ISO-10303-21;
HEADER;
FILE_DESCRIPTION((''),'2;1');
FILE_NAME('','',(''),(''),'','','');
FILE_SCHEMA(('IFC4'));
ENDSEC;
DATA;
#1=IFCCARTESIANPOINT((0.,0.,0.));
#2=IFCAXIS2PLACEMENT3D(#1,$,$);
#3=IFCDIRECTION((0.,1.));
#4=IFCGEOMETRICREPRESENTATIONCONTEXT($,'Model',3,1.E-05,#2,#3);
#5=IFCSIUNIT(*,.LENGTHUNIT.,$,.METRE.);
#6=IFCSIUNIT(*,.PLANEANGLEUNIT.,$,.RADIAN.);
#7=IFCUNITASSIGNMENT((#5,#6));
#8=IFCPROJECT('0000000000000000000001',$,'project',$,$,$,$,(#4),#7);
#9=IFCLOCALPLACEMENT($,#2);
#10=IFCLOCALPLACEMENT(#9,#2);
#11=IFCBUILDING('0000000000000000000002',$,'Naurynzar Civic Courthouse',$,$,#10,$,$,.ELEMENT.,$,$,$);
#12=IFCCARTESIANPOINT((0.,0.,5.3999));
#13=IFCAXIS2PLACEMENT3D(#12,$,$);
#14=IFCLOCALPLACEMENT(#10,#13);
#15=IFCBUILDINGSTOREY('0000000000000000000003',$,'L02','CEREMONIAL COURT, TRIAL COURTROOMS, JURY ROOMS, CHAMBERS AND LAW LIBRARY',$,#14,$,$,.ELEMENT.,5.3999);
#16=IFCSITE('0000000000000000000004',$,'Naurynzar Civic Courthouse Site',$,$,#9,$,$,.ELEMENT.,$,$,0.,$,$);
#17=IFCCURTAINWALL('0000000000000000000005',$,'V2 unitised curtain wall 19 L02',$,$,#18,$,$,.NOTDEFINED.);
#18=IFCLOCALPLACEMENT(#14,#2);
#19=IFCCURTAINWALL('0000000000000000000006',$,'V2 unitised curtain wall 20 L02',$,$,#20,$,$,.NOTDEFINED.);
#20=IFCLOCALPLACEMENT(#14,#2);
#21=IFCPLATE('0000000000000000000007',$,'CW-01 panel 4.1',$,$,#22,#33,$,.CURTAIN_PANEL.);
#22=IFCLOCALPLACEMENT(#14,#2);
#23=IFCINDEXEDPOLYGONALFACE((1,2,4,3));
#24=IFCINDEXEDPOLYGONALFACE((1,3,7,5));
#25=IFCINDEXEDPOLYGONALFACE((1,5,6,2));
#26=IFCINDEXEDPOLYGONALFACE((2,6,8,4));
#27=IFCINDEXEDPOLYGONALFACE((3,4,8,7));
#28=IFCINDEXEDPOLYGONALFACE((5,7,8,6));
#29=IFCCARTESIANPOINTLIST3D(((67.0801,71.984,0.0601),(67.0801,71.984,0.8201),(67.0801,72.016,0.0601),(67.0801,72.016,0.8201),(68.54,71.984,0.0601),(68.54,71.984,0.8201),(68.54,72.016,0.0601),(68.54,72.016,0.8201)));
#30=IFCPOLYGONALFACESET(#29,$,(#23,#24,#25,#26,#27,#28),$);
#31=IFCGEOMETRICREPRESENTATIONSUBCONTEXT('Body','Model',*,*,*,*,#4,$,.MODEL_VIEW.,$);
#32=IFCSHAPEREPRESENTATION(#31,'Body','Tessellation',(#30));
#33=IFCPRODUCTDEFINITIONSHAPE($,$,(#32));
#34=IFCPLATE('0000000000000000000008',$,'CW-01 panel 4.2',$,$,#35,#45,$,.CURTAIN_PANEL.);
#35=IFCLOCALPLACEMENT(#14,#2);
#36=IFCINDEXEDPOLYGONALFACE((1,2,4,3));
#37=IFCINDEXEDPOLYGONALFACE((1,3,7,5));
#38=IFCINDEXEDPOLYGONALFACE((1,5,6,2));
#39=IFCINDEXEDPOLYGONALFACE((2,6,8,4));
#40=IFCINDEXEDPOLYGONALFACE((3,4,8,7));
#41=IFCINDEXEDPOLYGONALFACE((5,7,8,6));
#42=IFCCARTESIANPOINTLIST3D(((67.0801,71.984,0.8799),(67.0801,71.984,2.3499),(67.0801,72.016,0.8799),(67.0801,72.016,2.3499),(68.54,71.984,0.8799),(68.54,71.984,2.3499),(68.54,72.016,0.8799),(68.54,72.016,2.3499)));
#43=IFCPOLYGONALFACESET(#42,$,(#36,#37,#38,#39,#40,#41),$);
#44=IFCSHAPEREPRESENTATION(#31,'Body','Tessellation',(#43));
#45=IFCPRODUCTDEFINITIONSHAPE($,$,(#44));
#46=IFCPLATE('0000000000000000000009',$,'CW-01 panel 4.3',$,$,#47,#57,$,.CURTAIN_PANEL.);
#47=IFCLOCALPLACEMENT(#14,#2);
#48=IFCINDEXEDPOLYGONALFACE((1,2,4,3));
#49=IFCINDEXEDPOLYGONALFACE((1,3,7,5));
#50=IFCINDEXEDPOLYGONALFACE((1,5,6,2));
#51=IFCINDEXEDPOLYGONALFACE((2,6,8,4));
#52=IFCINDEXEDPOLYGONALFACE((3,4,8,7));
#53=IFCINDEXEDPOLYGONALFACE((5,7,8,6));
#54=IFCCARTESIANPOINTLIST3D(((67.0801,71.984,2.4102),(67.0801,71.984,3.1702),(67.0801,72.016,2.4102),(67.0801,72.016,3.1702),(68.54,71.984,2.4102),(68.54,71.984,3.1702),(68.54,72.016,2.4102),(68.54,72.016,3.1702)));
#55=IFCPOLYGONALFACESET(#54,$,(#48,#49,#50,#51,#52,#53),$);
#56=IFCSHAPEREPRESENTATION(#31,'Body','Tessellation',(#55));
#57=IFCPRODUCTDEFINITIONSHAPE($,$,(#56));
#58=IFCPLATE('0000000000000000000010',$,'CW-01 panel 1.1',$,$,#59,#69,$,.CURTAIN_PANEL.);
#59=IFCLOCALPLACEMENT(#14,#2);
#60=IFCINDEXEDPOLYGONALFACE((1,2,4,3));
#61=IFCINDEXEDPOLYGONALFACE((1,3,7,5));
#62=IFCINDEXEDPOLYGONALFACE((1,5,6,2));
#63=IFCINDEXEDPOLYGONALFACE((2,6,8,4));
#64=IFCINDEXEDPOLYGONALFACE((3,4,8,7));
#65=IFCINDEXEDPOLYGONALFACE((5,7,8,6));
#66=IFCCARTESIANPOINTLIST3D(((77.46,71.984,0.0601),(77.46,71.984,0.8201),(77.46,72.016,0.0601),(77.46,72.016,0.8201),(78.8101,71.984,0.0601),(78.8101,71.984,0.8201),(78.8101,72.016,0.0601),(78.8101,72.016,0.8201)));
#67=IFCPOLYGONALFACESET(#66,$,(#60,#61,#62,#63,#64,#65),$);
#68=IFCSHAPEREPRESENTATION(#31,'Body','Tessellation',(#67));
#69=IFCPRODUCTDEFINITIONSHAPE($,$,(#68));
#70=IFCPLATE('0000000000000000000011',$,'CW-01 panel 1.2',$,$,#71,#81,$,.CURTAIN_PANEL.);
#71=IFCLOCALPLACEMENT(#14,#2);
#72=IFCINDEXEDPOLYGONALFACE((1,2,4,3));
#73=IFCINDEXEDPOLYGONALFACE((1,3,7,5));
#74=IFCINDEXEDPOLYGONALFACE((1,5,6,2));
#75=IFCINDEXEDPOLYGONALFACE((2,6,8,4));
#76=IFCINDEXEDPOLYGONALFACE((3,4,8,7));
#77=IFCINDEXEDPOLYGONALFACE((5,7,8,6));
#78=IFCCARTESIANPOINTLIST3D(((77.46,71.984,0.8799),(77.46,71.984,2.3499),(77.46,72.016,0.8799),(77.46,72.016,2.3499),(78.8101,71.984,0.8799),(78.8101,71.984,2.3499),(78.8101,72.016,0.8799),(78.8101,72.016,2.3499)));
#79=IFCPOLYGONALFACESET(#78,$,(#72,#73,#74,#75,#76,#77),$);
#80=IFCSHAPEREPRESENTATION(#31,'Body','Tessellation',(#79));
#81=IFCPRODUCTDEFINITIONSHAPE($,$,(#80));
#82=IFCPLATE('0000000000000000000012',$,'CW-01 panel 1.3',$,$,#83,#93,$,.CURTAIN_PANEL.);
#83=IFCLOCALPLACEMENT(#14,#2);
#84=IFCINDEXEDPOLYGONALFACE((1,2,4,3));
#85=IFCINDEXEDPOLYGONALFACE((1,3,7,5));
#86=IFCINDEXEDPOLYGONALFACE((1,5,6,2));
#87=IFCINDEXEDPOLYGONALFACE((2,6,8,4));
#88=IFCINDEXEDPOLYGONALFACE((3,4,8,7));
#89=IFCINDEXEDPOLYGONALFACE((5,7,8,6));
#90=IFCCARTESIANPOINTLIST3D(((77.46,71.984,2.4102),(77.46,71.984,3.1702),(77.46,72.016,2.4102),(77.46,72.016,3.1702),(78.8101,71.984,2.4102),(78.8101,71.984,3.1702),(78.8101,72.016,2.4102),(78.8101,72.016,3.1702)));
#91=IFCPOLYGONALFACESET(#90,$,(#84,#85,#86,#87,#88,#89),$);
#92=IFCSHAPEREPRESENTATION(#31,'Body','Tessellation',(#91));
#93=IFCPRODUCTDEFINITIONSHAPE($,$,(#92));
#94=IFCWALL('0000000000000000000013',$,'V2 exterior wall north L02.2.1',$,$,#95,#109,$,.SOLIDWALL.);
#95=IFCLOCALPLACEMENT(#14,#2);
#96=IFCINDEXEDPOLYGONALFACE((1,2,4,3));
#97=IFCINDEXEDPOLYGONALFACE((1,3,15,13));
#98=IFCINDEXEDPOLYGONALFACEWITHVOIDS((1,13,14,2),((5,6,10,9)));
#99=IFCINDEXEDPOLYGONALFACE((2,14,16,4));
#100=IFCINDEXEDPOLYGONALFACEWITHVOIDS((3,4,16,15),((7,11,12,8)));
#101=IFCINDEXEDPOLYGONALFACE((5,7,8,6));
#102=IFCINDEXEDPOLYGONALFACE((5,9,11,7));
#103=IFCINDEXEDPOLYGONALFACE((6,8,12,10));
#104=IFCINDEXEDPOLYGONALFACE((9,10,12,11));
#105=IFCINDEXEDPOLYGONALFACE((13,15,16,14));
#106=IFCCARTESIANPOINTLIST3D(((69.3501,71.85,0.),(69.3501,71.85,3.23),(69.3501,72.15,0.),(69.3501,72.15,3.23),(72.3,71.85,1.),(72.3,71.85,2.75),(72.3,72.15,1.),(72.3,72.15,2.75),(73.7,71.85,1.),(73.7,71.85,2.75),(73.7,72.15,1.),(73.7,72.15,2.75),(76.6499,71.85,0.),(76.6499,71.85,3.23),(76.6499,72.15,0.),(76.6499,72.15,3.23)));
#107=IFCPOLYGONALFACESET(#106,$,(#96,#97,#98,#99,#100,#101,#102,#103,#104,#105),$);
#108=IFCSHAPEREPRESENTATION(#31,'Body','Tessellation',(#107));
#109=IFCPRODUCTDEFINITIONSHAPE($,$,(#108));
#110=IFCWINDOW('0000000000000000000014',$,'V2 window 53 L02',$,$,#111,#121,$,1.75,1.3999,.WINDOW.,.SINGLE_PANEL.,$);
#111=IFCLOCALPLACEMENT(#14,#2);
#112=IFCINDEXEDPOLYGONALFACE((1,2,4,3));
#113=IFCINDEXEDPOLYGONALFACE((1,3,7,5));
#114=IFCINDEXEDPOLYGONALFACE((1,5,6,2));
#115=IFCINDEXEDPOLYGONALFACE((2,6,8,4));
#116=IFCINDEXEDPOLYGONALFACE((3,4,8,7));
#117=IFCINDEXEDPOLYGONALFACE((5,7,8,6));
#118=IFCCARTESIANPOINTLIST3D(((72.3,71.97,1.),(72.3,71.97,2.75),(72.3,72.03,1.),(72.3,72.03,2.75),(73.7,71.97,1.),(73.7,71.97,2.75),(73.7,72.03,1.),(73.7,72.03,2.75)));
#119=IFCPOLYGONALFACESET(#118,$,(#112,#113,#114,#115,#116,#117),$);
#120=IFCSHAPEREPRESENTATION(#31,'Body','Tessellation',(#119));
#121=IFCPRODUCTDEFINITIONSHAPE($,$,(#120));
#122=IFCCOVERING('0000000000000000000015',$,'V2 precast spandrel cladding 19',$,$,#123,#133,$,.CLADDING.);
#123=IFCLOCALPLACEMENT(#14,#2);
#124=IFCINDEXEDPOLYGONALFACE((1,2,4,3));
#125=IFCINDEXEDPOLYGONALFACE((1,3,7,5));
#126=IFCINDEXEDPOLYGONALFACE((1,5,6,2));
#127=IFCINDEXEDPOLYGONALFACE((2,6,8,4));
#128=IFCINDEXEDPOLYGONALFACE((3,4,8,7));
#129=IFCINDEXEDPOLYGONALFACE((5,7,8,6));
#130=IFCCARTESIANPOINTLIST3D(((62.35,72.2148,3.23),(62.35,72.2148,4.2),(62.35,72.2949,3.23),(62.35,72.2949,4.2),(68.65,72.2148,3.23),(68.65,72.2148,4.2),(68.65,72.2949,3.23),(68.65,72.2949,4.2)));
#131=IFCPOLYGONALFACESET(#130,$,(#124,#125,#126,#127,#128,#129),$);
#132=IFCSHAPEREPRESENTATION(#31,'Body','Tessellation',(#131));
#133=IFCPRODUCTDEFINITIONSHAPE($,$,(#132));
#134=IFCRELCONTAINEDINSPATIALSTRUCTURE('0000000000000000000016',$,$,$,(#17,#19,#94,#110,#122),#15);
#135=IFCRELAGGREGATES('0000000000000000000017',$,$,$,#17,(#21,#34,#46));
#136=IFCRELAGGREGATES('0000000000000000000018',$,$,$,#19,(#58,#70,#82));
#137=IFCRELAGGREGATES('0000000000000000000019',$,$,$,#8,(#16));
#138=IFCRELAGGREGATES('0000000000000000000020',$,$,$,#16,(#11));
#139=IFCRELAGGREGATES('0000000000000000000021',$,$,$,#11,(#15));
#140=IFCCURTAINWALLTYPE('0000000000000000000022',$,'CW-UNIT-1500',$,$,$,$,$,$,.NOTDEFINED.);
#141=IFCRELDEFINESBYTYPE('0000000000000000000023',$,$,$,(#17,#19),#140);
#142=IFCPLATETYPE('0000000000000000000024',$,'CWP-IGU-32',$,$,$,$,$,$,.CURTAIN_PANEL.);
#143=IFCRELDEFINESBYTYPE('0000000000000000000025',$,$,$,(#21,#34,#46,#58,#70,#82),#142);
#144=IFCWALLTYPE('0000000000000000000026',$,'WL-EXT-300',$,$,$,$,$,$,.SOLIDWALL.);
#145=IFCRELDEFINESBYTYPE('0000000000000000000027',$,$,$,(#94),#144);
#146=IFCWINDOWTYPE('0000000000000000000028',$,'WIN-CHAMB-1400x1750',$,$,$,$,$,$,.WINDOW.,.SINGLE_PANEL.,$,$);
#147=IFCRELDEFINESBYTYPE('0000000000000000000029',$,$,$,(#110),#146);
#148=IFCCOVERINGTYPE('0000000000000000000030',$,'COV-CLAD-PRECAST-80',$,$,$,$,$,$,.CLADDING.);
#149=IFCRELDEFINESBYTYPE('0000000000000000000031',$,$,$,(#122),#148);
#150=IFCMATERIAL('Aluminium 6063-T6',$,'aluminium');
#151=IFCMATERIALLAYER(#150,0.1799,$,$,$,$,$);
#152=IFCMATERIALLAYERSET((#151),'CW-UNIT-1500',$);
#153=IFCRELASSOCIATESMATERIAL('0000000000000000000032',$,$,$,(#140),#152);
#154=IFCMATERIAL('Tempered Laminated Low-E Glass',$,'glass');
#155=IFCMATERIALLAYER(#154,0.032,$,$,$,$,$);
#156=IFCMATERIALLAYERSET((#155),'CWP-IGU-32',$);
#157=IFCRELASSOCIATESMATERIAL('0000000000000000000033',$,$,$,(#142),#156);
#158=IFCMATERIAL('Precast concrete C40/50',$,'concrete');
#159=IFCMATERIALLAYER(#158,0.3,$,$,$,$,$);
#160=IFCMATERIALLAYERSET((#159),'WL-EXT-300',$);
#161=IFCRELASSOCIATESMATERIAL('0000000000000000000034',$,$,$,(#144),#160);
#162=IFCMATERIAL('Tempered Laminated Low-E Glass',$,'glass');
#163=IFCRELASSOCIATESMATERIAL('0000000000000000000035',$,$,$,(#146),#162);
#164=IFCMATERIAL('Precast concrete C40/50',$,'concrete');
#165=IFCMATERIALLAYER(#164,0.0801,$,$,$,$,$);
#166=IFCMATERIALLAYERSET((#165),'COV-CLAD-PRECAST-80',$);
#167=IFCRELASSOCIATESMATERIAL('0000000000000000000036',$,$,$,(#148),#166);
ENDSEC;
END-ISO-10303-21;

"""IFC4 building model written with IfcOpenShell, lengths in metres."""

from ifc_helpers import new_model, si_unit, direction, frame, frame_2d, origin, origin_2d, place, context, subcontext, project, spatial, rectangle, extrude, material, layer, layer_set, type_object, element, fill, aggregate, save


model = new_model("IFC4")

# Units and contexts
model_context = context("Model", 3, precision=1e-05, world=origin(), true_north=direction((0.0, 1.0)))
body_context = subcontext(model_context, "Body", "Model", "MODEL_VIEW")
ifc_project = project(units=[si_unit("LENGTHUNIT", "METRE"), si_unit("PLANEANGLEUNIT", "RADIAN")], contexts=[model_context])

# Site, building, storey
site_placement = place(None, origin())
site = spatial("IfcSite", under=ifc_project, at=site_placement, Name="Naurynzar Civic Courthouse Site", CompositionType="ELEMENT", RefElevation=0.0)
building_placement = place(site_placement, origin())
building = spatial("IfcBuilding", under=site, at=building_placement, Name="Naurynzar Civic Courthouse", CompositionType="ELEMENT")
storey_placement = place(building_placement, frame((0.0, 0.0, 5.3999)))
storey = spatial("IfcBuildingStorey", under=building, at=storey_placement, Name="L02", Description="CEREMONIAL COURT, TRIAL COURTROOMS, JURY ROOMS, CHAMBERS AND LAW LIBRARY", CompositionType="ELEMENT", Elevation=5.3999)

# Curtain wall
ifc_material_1 = material(Name="Aluminium 6063-T6", Category="aluminium")
ifc_layer_1 = layer(ifc_material_1, 0.1799)
ifc_layer_set_1 = layer_set([ifc_layer_1], Name="CW-UNIT-1500")
curtain_wall_type = type_object("IfcCurtainWallType", Name="CW-UNIT-1500", PredefinedType="NOTDEFINED", material=ifc_layer_set_1)
curtain_wall_1_placement = place(storey_placement, origin())
curtain_wall_1 = element("IfcCurtainWall", 1, at=curtain_wall_1_placement, inside=storey, type_object=curtain_wall_type, Name="V2 unitised curtain wall 19 L02", PredefinedType="NOTDEFINED")

# Curtain wall
curtain_wall_2_placement = place(storey_placement, origin())
curtain_wall_2 = element("IfcCurtainWall", 2, at=curtain_wall_2_placement, inside=storey, type_object=curtain_wall_type, Name="V2 unitised curtain wall 20 L02", PredefinedType="NOTDEFINED")

# Plates
ifc_material_2 = material(Name="Tempered Laminated Low-E Glass", Category="glass")
ifc_layer_2 = layer(ifc_material_2, 0.032)
ifc_layer_set_2 = layer_set([ifc_layer_2], Name="CWP-IGU-32")
plate_type = type_object("IfcPlateType", Name="CWP-IGU-32", PredefinedType="CURTAIN_PANEL", material=ifc_layer_set_2)
plate_1_placement = place(storey_placement, frame((67.8101, 72.0, 0.0601), z_axis=(0.0, 0.0, 1.0), x_axis=(1.0, 0.0, 0.0)))
plate_1 = element("IfcPlate", 3, at=plate_1_placement, type_object=plate_type, Name="CW-01 panel 4.1", PredefinedType="CURTAIN_PANEL", context=body_context, shape_type="SweptSolid", body=[
    extrude(rectangle(XDim=1.46, YDim=0.032, at=origin_2d()), origin(), (0.0, 0.0, 1.0), 0.76),
])
plate_2_placement = place(storey_placement, frame((67.8101, 72.0, 0.8799), z_axis=(0.0, 0.0, 1.0), x_axis=(1.0, 0.0, 0.0)))
plate_2 = element("IfcPlate", 4, at=plate_2_placement, type_object=plate_type, Name="CW-01 panel 4.2", PredefinedType="CURTAIN_PANEL", context=body_context, shape_type="SweptSolid", body=[
    extrude(rectangle(XDim=1.46, YDim=0.032, at=origin_2d()), origin(), (0.0, 0.0, 1.0), 1.47),
])
plate_3_placement = place(storey_placement, frame((67.8101, 72.0, 2.4102), z_axis=(0.0, 0.0, 1.0), x_axis=(1.0, 0.0, 0.0)))
plate_3 = element("IfcPlate", 5, at=plate_3_placement, type_object=plate_type, Name="CW-01 panel 4.3", PredefinedType="CURTAIN_PANEL", context=body_context, shape_type="SweptSolid", body=[
    extrude(rectangle(XDim=1.46, YDim=0.032, at=origin_2d()), origin(), (0.0, 0.0, 1.0), 0.76),
])
aggregate(curtain_wall_1, [plate_1, plate_2, plate_3])
plate_4_placement = place(storey_placement, frame((78.135, 72.0, 0.0601), z_axis=(0.0, 0.0, 1.0), x_axis=(1.0, 0.0, 0.0)))
plate_4 = element("IfcPlate", 6, at=plate_4_placement, type_object=plate_type, Name="CW-01 panel 1.1", PredefinedType="CURTAIN_PANEL", context=body_context, shape_type="SweptSolid", body=[
    extrude(rectangle(XDim=1.3501, YDim=0.032, at=origin_2d()), origin(), (0.0, 0.0, 1.0), 0.76),
])
plate_5_placement = place(storey_placement, frame((78.135, 72.0, 0.8799), z_axis=(0.0, 0.0, 1.0), x_axis=(1.0, 0.0, 0.0)))
plate_5 = element("IfcPlate", 7, at=plate_5_placement, type_object=plate_type, Name="CW-01 panel 1.2", PredefinedType="CURTAIN_PANEL", context=body_context, shape_type="SweptSolid", body=[
    extrude(rectangle(XDim=1.3501, YDim=0.032, at=origin_2d()), origin(), (0.0, 0.0, 1.0), 1.47),
])
plate_6_placement = place(storey_placement, frame((78.135, 72.0, 2.4102), z_axis=(0.0, 0.0, 1.0), x_axis=(1.0, 0.0, 0.0)))
plate_6 = element("IfcPlate", 8, at=plate_6_placement, type_object=plate_type, Name="CW-01 panel 1.3", PredefinedType="CURTAIN_PANEL", context=body_context, shape_type="SweptSolid", body=[
    extrude(rectangle(XDim=1.3501, YDim=0.032, at=origin_2d()), origin(), (0.0, 0.0, 1.0), 0.76),
])
aggregate(curtain_wall_2, [plate_4, plate_5, plate_6])

# Wall, opening, window
ifc_material_3 = material(Name="Precast concrete C40/50", Category="concrete")
ifc_layer_3 = layer(ifc_material_3, 0.3)
ifc_layer_set_3 = layer_set([ifc_layer_3], Name="WL-EXT-300")
wall_type = type_object("IfcWallType", Name="WL-EXT-300", PredefinedType="SOLIDWALL", material=ifc_layer_set_3)
wall_placement = place(storey_placement, frame((69.3501, 72.0, 0.0), z_axis=(0.0, 0.0, 1.0), x_axis=(1.0, 0.0, 0.0)))
wall = element("IfcWall", 9, at=wall_placement, inside=storey, type_object=wall_type, Name="V2 exterior wall north L02.2.1", PredefinedType="SOLIDWALL", context=body_context, shape_type="SweptSolid", body=[
    extrude(rectangle(XDim=7.2998, YDim=0.3, at=frame_2d((3.6499, 0.0))), origin(), (0.0, 0.0, 1.0), 3.23),
])
opening_placement = place(wall_placement, frame((2.95, 0.0, 1.0)))
opening = element("IfcOpeningElement", 10, at=opening_placement, cuts=wall, PredefinedType="OPENING", context=body_context, shape_type="SweptSolid", body=[
    extrude(rectangle(XDim=1.3999, YDim=1.75, at=frame_2d((0.7, 0.875))), frame((0.0, 0.1599, 0.0), z_axis=(0.0, -1.0, 0.0), x_axis=(1.0, 0.0, 0.0)), (0.0, 0.0, 1.0), 0.3201),
])
ifc_material_4 = material(Name="Tempered Laminated Low-E Glass", Category="glass")
window_type = type_object("IfcWindowType", Name="WIN-CHAMB-1400x1750", PartitioningType="SINGLE_PANEL", PredefinedType="WINDOW", material=ifc_material_4)
window_placement = place(opening_placement, origin())
window = element("IfcWindow", 11, at=window_placement, inside=storey, type_object=window_type, Name="V2 window 53 L02", OverallHeight=1.75, OverallWidth=1.3999, PartitioningType="SINGLE_PANEL", PredefinedType="WINDOW", context=body_context, shape_type="SweptSolid", body=[
    extrude(rectangle(XDim=1.3999, YDim=1.75, at=frame_2d((0.7, 0.875))), frame((0.0, 0.03, 0.0), z_axis=(0.0, -1.0, 0.0), x_axis=(1.0, 0.0, 0.0)), (0.0, 0.0, 1.0), 0.0601),
])
fill(opening, window)

# Covering
ifc_material_5 = material(Name="Precast concrete C40/50", Category="concrete")
ifc_layer_4 = layer(ifc_material_5, 0.0801)
ifc_layer_set_4 = layer_set([ifc_layer_4], Name="COV-CLAD-PRECAST-80")
covering_type = type_object("IfcCoveringType", Name="COV-CLAD-PRECAST-80", PredefinedType="CLADDING", material=ifc_layer_set_4)
covering_placement = place(storey_placement, frame((65.5, 72.2549, 3.23), z_axis=(0.0, 0.0, 1.0), x_axis=(1.0, 0.0, 0.0)))
element("IfcCovering", 12, at=covering_placement, inside=storey, type_object=covering_type, Name="V2 precast spandrel cladding 19", PredefinedType="CLADDING", context=body_context, shape_type="SweptSolid", body=[
    extrude(rectangle(XDim=6.3, YDim=0.0801, at=origin_2d()), origin(), (0.0, 0.0, 1.0), 0.97),
])

save(model, "model.ifc")
